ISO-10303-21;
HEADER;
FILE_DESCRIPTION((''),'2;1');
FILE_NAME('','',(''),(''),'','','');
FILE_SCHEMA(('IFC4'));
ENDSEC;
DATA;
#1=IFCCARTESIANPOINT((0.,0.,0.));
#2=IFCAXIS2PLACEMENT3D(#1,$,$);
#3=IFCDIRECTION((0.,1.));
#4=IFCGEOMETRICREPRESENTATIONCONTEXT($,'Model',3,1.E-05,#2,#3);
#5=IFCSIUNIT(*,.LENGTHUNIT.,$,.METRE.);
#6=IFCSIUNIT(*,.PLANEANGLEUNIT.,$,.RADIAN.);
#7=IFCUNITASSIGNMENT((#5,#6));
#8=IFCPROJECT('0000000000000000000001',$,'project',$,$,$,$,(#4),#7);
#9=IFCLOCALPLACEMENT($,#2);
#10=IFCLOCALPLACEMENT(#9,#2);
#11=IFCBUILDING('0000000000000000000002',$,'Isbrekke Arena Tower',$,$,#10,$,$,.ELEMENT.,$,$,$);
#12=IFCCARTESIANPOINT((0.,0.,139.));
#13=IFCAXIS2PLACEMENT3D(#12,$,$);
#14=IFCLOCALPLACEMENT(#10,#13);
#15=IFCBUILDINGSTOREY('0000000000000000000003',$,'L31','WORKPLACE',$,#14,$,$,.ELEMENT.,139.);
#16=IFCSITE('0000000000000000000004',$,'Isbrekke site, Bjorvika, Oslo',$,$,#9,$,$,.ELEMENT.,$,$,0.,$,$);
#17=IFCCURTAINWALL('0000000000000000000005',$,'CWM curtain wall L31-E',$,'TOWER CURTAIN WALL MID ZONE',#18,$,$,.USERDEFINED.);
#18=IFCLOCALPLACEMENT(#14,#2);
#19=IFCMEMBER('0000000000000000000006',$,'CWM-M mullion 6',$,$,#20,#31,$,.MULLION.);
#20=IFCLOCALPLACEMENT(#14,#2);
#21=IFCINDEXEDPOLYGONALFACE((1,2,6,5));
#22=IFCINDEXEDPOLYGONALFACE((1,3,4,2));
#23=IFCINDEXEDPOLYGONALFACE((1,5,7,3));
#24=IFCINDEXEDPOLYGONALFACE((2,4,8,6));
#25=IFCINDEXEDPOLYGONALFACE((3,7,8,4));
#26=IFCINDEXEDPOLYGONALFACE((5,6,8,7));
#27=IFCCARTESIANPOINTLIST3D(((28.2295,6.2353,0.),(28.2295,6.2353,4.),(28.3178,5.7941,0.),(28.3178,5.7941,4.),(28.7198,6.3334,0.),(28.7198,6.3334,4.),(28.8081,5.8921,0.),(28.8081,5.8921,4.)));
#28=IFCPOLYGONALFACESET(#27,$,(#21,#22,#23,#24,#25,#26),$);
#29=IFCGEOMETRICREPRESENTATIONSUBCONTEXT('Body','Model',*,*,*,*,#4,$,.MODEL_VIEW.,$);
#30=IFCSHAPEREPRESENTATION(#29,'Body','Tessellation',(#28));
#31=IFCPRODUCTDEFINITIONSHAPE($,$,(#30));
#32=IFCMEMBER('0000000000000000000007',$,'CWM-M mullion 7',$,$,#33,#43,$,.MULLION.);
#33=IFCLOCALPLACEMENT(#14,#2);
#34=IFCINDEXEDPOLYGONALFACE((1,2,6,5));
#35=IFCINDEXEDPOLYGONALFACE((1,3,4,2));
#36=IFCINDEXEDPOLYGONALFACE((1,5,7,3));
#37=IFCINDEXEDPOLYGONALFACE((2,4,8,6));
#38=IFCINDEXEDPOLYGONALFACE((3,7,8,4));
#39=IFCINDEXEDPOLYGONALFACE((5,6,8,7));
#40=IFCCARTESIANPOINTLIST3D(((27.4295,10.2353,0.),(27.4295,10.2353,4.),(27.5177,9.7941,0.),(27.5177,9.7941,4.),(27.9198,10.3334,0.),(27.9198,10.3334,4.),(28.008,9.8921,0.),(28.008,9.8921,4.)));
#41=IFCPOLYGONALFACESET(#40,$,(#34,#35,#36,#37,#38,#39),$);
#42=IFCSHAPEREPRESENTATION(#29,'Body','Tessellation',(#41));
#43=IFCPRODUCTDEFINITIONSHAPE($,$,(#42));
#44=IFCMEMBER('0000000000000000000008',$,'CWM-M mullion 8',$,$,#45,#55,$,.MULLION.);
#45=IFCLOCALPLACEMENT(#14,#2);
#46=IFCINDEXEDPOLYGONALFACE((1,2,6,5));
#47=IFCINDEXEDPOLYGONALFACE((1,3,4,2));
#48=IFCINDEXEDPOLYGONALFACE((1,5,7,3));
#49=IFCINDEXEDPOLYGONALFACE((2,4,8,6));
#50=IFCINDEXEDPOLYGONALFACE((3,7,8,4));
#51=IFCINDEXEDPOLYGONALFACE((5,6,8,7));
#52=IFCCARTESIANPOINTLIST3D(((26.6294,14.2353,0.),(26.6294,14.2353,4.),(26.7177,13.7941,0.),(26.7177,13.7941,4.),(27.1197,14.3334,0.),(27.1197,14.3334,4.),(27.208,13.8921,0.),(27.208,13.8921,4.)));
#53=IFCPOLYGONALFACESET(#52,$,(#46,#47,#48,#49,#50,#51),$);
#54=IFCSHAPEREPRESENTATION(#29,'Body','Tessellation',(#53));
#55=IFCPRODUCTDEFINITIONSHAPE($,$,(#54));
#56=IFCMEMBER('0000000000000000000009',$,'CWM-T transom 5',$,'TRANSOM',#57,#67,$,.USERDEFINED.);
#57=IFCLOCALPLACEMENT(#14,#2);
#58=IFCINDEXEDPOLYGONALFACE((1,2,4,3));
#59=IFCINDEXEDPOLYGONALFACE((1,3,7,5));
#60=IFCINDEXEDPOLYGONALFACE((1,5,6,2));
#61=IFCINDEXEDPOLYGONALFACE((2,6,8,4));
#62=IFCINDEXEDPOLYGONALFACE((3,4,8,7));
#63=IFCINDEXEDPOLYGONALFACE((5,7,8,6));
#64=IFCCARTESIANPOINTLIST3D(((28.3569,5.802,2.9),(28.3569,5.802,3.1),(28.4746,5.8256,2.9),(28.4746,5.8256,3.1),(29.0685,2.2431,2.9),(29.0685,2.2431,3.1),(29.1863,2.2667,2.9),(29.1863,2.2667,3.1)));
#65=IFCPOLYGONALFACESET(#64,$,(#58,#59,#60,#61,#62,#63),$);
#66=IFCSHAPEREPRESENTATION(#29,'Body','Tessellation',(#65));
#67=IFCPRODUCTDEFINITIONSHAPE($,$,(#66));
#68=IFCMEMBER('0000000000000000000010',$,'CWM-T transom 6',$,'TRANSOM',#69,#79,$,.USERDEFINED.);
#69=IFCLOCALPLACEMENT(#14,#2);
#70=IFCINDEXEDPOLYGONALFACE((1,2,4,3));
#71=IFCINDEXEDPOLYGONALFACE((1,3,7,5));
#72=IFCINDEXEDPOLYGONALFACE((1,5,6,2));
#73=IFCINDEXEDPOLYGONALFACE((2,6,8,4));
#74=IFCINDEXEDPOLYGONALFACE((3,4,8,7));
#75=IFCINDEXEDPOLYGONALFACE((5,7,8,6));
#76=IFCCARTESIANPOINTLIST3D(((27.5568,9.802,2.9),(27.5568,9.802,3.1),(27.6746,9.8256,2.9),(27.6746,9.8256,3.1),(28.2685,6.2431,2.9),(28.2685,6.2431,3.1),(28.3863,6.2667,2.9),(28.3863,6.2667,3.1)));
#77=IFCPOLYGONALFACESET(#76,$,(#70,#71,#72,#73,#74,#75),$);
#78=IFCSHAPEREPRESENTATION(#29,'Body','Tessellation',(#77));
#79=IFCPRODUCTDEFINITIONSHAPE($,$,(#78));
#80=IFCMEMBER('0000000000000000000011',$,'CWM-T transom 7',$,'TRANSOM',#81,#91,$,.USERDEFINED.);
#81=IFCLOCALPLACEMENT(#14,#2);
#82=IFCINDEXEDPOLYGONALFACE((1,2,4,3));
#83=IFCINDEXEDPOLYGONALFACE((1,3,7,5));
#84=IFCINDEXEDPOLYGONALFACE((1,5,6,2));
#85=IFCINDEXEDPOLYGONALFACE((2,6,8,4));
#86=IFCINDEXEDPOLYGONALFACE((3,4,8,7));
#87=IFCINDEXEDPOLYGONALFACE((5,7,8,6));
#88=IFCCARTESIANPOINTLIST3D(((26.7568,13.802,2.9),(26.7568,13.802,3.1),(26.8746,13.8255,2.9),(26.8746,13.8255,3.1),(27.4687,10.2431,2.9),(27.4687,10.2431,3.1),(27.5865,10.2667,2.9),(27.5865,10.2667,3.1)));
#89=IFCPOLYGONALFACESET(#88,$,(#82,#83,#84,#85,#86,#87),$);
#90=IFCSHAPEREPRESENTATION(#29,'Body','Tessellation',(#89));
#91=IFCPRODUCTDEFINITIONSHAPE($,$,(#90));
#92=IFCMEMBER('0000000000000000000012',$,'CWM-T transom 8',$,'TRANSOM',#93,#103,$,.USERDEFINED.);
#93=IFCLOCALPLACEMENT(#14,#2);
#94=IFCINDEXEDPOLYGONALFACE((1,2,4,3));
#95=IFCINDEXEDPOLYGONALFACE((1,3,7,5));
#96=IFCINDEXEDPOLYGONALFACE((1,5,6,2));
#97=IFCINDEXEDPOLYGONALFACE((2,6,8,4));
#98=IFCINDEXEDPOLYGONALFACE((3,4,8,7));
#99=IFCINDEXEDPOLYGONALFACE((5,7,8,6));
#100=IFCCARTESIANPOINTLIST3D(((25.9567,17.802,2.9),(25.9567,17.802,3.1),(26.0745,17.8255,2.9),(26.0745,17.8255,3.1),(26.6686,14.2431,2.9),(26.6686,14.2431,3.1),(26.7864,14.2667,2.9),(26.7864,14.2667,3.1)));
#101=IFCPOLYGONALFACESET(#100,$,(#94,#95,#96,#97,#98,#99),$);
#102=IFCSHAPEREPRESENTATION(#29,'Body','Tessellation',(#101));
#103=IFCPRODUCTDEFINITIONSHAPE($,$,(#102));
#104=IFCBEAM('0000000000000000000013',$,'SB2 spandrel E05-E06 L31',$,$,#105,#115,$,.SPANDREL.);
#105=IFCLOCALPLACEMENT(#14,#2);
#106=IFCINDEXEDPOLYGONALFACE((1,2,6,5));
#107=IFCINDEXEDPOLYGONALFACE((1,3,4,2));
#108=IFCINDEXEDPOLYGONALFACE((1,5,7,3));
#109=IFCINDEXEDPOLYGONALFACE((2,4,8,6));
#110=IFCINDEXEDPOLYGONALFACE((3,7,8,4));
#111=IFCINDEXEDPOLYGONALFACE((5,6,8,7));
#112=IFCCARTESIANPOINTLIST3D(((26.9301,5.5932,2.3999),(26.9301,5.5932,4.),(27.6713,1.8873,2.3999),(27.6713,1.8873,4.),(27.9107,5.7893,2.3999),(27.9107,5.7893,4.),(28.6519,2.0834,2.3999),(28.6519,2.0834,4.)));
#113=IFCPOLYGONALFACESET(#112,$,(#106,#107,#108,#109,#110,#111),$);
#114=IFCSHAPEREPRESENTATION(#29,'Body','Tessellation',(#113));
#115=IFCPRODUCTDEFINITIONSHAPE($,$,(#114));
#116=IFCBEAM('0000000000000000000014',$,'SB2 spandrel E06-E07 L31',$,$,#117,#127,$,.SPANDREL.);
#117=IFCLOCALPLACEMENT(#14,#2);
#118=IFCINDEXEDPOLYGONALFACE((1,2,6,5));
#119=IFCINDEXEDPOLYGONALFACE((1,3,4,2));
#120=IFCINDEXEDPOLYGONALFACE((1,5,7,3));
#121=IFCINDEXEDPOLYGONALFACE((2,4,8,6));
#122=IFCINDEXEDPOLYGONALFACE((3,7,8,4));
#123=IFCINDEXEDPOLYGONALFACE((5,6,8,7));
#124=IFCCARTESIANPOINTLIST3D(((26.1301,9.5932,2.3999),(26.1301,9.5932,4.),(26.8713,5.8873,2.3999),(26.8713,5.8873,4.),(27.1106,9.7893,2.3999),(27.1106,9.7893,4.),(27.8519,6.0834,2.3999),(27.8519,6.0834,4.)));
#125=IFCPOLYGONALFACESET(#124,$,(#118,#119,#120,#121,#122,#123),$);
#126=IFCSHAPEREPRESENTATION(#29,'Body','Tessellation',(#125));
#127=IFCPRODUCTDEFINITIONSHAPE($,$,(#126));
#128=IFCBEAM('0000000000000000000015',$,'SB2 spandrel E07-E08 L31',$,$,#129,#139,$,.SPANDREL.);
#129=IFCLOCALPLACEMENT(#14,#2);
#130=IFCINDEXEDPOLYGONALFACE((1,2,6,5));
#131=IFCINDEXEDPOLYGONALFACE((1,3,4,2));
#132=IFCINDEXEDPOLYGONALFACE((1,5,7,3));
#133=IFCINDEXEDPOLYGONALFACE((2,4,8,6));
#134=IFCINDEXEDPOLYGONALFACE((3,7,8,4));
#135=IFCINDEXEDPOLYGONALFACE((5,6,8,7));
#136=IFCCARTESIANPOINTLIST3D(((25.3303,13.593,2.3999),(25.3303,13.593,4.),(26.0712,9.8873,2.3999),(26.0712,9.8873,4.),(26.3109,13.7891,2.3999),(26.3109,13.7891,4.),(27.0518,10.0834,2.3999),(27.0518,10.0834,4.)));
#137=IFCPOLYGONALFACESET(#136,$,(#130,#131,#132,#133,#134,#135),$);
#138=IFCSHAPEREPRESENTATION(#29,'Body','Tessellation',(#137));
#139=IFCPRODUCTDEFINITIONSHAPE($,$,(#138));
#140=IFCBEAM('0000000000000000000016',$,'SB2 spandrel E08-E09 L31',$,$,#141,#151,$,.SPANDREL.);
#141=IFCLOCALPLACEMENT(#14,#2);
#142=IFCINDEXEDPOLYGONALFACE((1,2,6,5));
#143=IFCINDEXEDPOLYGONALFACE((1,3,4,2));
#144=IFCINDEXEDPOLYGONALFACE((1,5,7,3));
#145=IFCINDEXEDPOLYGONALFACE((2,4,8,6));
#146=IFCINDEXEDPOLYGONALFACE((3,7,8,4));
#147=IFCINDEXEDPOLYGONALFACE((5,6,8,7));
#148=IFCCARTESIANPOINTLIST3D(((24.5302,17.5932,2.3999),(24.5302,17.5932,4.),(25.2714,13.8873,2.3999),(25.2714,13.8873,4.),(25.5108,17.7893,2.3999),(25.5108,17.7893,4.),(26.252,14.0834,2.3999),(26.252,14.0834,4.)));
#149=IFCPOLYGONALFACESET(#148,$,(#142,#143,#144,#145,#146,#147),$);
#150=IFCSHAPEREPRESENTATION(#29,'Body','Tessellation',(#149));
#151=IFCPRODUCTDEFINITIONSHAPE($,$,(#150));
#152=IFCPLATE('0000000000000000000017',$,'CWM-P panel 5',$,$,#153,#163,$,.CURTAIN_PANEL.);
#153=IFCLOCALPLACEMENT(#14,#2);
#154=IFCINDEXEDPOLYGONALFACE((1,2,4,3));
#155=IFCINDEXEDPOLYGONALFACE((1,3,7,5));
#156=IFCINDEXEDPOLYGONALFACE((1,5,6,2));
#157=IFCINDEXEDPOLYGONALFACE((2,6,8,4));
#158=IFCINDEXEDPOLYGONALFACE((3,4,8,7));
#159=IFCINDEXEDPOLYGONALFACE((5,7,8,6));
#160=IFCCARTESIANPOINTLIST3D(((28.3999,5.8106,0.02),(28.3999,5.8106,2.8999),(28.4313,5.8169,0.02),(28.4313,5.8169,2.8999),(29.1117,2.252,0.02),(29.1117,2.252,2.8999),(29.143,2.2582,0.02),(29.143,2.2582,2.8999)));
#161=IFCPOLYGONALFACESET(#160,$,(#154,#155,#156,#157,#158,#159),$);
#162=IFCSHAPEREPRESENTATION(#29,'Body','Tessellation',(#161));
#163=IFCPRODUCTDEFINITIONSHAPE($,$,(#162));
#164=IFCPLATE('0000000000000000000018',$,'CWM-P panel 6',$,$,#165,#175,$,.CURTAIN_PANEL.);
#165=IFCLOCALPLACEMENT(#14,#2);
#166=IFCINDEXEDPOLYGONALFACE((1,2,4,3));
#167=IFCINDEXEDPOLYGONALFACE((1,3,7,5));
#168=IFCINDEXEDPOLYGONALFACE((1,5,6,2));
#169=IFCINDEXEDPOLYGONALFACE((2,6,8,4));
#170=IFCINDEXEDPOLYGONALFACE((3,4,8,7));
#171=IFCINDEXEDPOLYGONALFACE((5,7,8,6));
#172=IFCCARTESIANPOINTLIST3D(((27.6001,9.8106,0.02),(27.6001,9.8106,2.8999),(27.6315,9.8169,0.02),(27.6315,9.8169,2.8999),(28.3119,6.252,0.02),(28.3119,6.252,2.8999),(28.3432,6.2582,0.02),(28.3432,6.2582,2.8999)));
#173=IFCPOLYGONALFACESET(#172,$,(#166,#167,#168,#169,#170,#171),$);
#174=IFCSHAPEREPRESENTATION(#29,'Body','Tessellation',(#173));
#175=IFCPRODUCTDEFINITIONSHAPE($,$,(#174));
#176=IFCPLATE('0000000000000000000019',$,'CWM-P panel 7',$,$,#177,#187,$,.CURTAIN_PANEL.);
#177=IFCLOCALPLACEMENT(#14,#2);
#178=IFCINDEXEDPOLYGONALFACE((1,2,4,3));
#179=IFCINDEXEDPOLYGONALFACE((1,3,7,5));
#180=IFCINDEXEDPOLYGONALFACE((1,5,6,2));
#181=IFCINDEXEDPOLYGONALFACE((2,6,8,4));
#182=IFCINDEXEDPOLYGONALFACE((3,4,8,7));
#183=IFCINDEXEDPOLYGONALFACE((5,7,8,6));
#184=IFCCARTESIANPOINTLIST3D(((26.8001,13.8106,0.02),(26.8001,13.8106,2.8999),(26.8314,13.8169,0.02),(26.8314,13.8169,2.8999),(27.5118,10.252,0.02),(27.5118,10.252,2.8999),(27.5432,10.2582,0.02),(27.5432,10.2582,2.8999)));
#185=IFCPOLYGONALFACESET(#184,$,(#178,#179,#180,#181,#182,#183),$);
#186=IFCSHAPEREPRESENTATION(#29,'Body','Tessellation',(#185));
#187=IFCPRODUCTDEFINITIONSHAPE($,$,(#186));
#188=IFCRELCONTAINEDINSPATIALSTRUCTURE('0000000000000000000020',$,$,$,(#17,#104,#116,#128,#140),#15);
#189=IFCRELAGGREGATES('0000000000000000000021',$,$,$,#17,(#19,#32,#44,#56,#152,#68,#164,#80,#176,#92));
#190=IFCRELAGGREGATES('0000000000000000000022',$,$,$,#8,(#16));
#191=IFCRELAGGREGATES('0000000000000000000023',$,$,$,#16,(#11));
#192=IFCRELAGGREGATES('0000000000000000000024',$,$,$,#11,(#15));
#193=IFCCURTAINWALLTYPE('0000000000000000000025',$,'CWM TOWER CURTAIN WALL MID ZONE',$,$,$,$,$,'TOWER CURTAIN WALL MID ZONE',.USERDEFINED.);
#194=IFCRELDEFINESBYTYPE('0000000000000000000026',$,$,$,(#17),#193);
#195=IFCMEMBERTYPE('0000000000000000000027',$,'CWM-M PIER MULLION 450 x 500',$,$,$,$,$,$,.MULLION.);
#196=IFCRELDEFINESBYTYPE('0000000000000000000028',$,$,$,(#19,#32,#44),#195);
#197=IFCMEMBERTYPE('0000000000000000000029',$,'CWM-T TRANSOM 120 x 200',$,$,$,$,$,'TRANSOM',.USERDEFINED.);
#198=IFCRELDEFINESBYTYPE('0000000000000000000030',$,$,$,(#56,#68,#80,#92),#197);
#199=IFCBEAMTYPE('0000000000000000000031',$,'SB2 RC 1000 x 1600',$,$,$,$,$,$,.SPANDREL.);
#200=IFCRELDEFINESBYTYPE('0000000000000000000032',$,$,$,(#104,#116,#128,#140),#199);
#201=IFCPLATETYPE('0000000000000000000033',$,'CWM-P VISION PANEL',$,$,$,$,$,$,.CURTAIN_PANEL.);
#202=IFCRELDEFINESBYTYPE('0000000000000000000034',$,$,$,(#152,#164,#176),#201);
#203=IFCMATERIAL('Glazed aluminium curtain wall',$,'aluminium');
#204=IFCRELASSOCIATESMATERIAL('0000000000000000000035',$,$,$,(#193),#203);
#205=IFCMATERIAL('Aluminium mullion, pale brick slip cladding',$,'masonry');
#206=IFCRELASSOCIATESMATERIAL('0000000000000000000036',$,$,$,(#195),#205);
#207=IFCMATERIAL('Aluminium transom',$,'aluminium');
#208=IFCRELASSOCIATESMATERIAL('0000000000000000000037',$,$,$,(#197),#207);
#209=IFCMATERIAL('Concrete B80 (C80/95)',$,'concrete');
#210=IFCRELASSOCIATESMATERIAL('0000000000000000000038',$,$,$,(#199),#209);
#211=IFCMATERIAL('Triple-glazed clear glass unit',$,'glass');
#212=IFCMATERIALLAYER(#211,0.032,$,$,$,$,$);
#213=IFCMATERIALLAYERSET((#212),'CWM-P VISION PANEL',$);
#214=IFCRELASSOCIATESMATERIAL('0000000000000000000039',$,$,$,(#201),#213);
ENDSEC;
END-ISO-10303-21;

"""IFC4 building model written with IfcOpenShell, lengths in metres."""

from ifc_helpers import new_model, si_unit, direction, frame, origin, origin_2d, place, context, subcontext, project, spatial, rectangle, extrude, material, layer, layer_set, material_profile, profile_set, type_object, element, aggregate, save


model = new_model("IFC4")

# Units and contexts
model_context = context("Model", 3, precision=1e-05, world=origin(), true_north=direction((0.0, 1.0)))
body_context = subcontext(model_context, "Body", "Model", "MODEL_VIEW")
ifc_project = project(units=[si_unit("LENGTHUNIT", "METRE"), si_unit("PLANEANGLEUNIT", "RADIAN")], contexts=[model_context])

# Site, building, storey
site_placement = place(None, origin())
site = spatial("IfcSite", under=ifc_project, at=site_placement, Name="Isbrekke site, Bjorvika, Oslo", CompositionType="ELEMENT", RefElevation=0.0)
building_placement = place(site_placement, origin())
building = spatial("IfcBuilding", under=site, at=building_placement, Name="Isbrekke Arena Tower", CompositionType="ELEMENT")
storey_placement = place(building_placement, frame((0.0, 0.0, 139.0)))
storey = spatial("IfcBuildingStorey", under=building, at=storey_placement, Name="L31", Description="WORKPLACE", CompositionType="ELEMENT", Elevation=139.0)

# Curtain wall, members
ifc_material_1 = material(Name="Glazed aluminium curtain wall", Category="aluminium")
curtain_wall_type = type_object("IfcCurtainWallType", Name="CWM TOWER CURTAIN WALL MID ZONE", ElementType="TOWER CURTAIN WALL MID ZONE", PredefinedType="USERDEFINED", material=ifc_material_1)
curtain_wall_placement = place(storey_placement, origin())
curtain_wall = element("IfcCurtainWall", 1, at=curtain_wall_placement, inside=storey, type_object=curtain_wall_type, Name="CWM curtain wall L31-E", ObjectType="TOWER CURTAIN WALL MID ZONE", PredefinedType="USERDEFINED")
ifc_material_2 = material(Name="Aluminium mullion, pale brick slip cladding", Category="masonry")
ifc_material_profile_1 = material_profile(ifc_material_2, rectangle(XDim=0.45, YDim=0.5, at=origin_2d()), Name="PIER 450X500")
ifc_profile_set_1 = profile_set([ifc_material_profile_1], Name="Aluminium mullion, pale brick slip cladding")
member_type_1 = type_object("IfcMemberType", Name="CWM-M PIER MULLION 450 x 500", PredefinedType="MULLION", material=ifc_profile_set_1)
member_1_placement = place(storey_placement, frame((28.5188, 6.0637, 0.0), z_axis=(0.0, 0.0, 1.0), x_axis=(-0.196116, 0.980581, 0.0)))
member_1 = element("IfcMember", 2, at=member_1_placement, type_object=member_type_1, Name="CWM-M mullion 6", PredefinedType="MULLION", context=body_context, shape_type="SweptSolid", body=[
    extrude(rectangle(XDim=0.45, YDim=0.5, at=origin_2d()), origin(), (0.0, 0.0, 1.0), 4.0),
])
member_2_placement = place(storey_placement, frame((27.7188, 10.0637, 0.0), z_axis=(0.0, 0.0, 1.0), x_axis=(-0.196116, 0.980581, 0.0)))
member_2 = element("IfcMember", 3, at=member_2_placement, type_object=member_type_1, Name="CWM-M mullion 7", PredefinedType="MULLION", context=body_context, shape_type="SweptSolid", body=[
    extrude(rectangle(XDim=0.45, YDim=0.5, at=origin_2d()), origin(), (0.0, 0.0, 1.0), 4.0),
])
member_3_placement = place(storey_placement, frame((26.9187, 14.0637, 0.0), z_axis=(0.0, 0.0, 1.0), x_axis=(-0.196116, 0.980581, 0.0)))
member_3 = element("IfcMember", 4, at=member_3_placement, type_object=member_type_1, Name="CWM-M mullion 8", PredefinedType="MULLION", context=body_context, shape_type="SweptSolid", body=[
    extrude(rectangle(XDim=0.45, YDim=0.5, at=origin_2d()), origin(), (0.0, 0.0, 1.0), 4.0),
])
ifc_material_3 = material(Name="Aluminium transom", Category="aluminium")
ifc_material_profile_2 = material_profile(ifc_material_3, rectangle(XDim=0.1201, YDim=0.2, at=origin_2d()), Name="TRANSOM 120X200")
ifc_profile_set_2 = profile_set([ifc_material_profile_2], Name="Aluminium transom")
member_type_2 = type_object("IfcMemberType", Name="CWM-T TRANSOM 120 x 200", ElementType="TRANSOM", PredefinedType="USERDEFINED", material=ifc_profile_set_2)
member_4_placement = place(storey_placement, frame((29.1274, 2.2549, 3.0), z_axis=(-0.19609, 0.980586, 0.0), x_axis=(-0.980586, -0.19609, 0.0)))
member_4 = element("IfcMember", 5, at=member_4_placement, type_object=member_type_2, Name="CWM-T transom 5", ObjectType="TRANSOM", PredefinedType="USERDEFINED", context=body_context, shape_type="SweptSolid", body=[
    extrude(rectangle(XDim=0.1201, YDim=0.2, at=origin_2d()), origin(), (0.0, 0.0, 1.0), 3.6294),
])
member_5_placement = place(storey_placement, frame((28.3274, 6.2549, 3.0), z_axis=(-0.19609, 0.980586, 0.0), x_axis=(-0.980586, -0.19609, 0.0)))
member_5 = element("IfcMember", 6, at=member_5_placement, type_object=member_type_2, Name="CWM-T transom 6", ObjectType="TRANSOM", PredefinedType="USERDEFINED", context=body_context, shape_type="SweptSolid", body=[
    extrude(rectangle(XDim=0.1201, YDim=0.2, at=origin_2d()), origin(), (0.0, 0.0, 1.0), 3.6294),
])
member_6_placement = place(storey_placement, frame((27.5276, 10.2549, 3.0), z_axis=(-0.196155, 0.980573, 0.0), x_axis=(-0.980573, -0.196155, 0.0)))
member_6 = element("IfcMember", 7, at=member_6_placement, type_object=member_type_2, Name="CWM-T transom 7", ObjectType="TRANSOM", PredefinedType="USERDEFINED", context=body_context, shape_type="SweptSolid", body=[
    extrude(rectangle(XDim=0.1201, YDim=0.2, at=origin_2d()), origin(), (0.0, 0.0, 1.0), 3.6294),
])
member_7_placement = place(storey_placement, frame((26.7275, 14.2549, 3.0), z_axis=(-0.196155, 0.980573, 0.0), x_axis=(-0.980573, -0.196155, 0.0)))
member_7 = element("IfcMember", 8, at=member_7_placement, type_object=member_type_2, Name="CWM-T transom 8", ObjectType="TRANSOM", PredefinedType="USERDEFINED", context=body_context, shape_type="SweptSolid", body=[
    extrude(rectangle(XDim=0.1201, YDim=0.2, at=origin_2d()), origin(), (0.0, 0.0, 1.0), 3.6294),
])

# Beams
ifc_material_4 = material(Name="Concrete B80 (C80/95)", Category="concrete")
ifc_material_profile_3 = material_profile(ifc_material_4, rectangle(XDim=1.0, YDim=1.6001, at=origin_2d()), Name="RC 1000x1600")
ifc_profile_set_3 = profile_set([ifc_material_profile_3], Name="Concrete B80 (C80/95)")
beam_type_1 = type_object("IfcBeamType", Name="SB2 RC 1000 x 1600", PredefinedType="SPANDREL", material=ifc_profile_set_3)
for number, where, z_axis, x_axis, name in (
    (9, (28.1616, 1.9854, 3.2), (-0.196129, 0.980578, 0.0), (-0.980578, -0.196129, 0.0), "SB2 spandrel E05-E06 L31"),
    (10, (27.3616, 5.9854, 3.2), (-0.196129, 0.980578, 0.0), (-0.980578, -0.196129, 0.0), "SB2 spandrel E06-E07 L31"),
):
    element("IfcBeam", number, at=place(storey_placement, frame(where, z_axis=z_axis, x_axis=x_axis)), inside=storey, type_object=beam_type_1, Name=name, PredefinedType="SPANDREL", context=body_context, shape_type="SweptSolid", body=[
        extrude(rectangle(XDim=1.0, YDim=1.6001, at=origin_2d()), origin(), (0.0, 0.0, 1.0), 3.7793),
    ])
beam_1_placement = place(storey_placement, frame((26.5615, 9.9854, 3.2), z_axis=(-0.196066, 0.980591, 0.0), x_axis=(-0.980591, -0.196066, 0.0)))
element("IfcBeam", 11, at=beam_1_placement, inside=storey, type_object=beam_type_1, Name="SB2 spandrel E07-E08 L31", PredefinedType="SPANDREL", context=body_context, shape_type="SweptSolid", body=[
    extrude(rectangle(XDim=1.0, YDim=1.6001, at=origin_2d()), origin(), (0.0, 0.0, 1.0), 3.7791),
])
beam_2_placement = place(storey_placement, frame((25.7617, 13.9854, 3.2), z_axis=(-0.196129, 0.980578, 0.0), x_axis=(-0.980578, -0.196129, 0.0)))
element("IfcBeam", 12, at=beam_2_placement, inside=storey, type_object=beam_type_1, Name="SB2 spandrel E08-E09 L31", PredefinedType="SPANDREL", context=body_context, shape_type="SweptSolid", body=[
    extrude(rectangle(XDim=1.0, YDim=1.6001, at=origin_2d()), origin(), (0.0, 0.0, 1.0), 3.7793),
])

# Plates
ifc_material_5 = material(Name="Triple-glazed clear glass unit", Category="glass")
ifc_layer_1 = layer(ifc_material_5, 0.032)
ifc_layer_set_1 = layer_set([ifc_layer_1], Name="CWM-P VISION PANEL")
plate_type = type_object("IfcPlateType", Name="CWM-P VISION PANEL", PredefinedType="CURTAIN_PANEL", material=ifc_layer_set_1)
plate_1_placement = place(storey_placement, frame((28.7715, 4.0344, 0.02), z_axis=(0.0, 0.0, 1.0), x_axis=(-0.196116, 0.980581, 0.0)))
plate_1 = element("IfcPlate", 13, at=plate_1_placement, type_object=plate_type, Name="CWM-P panel 5", PredefinedType="CURTAIN_PANEL", context=body_context, shape_type="SweptSolid", body=[
    extrude(rectangle(XDim=3.6292, YDim=0.032, at=origin_2d()), origin(), (0.0, 0.0, 1.0), 2.8799),
])
plate_2_placement = place(storey_placement, frame((27.9717, 8.0344, 0.02), z_axis=(0.0, 0.0, 1.0), x_axis=(-0.196116, 0.980581, 0.0)))
plate_2 = element("IfcPlate", 14, at=plate_2_placement, type_object=plate_type, Name="CWM-P panel 6", PredefinedType="CURTAIN_PANEL", context=body_context, shape_type="SweptSolid", body=[
    extrude(rectangle(XDim=3.6292, YDim=0.032, at=origin_2d()), origin(), (0.0, 0.0, 1.0), 2.8799),
])
plate_3_placement = place(storey_placement, frame((27.1716, 12.0344, 0.02), z_axis=(0.0, 0.0, 1.0), x_axis=(-0.196116, 0.980581, 0.0)))
plate_3 = element("IfcPlate", 15, at=plate_3_placement, type_object=plate_type, Name="CWM-P panel 7", PredefinedType="CURTAIN_PANEL", context=body_context, shape_type="SweptSolid", body=[
    extrude(rectangle(XDim=3.6292, YDim=0.032, at=origin_2d()), origin(), (0.0, 0.0, 1.0), 2.8799),
])
aggregate(curtain_wall, [member_1, member_2, member_3, member_4, plate_1, member_5, plate_2, member_6, plate_3, member_7])

save(model, "model.ifc")
